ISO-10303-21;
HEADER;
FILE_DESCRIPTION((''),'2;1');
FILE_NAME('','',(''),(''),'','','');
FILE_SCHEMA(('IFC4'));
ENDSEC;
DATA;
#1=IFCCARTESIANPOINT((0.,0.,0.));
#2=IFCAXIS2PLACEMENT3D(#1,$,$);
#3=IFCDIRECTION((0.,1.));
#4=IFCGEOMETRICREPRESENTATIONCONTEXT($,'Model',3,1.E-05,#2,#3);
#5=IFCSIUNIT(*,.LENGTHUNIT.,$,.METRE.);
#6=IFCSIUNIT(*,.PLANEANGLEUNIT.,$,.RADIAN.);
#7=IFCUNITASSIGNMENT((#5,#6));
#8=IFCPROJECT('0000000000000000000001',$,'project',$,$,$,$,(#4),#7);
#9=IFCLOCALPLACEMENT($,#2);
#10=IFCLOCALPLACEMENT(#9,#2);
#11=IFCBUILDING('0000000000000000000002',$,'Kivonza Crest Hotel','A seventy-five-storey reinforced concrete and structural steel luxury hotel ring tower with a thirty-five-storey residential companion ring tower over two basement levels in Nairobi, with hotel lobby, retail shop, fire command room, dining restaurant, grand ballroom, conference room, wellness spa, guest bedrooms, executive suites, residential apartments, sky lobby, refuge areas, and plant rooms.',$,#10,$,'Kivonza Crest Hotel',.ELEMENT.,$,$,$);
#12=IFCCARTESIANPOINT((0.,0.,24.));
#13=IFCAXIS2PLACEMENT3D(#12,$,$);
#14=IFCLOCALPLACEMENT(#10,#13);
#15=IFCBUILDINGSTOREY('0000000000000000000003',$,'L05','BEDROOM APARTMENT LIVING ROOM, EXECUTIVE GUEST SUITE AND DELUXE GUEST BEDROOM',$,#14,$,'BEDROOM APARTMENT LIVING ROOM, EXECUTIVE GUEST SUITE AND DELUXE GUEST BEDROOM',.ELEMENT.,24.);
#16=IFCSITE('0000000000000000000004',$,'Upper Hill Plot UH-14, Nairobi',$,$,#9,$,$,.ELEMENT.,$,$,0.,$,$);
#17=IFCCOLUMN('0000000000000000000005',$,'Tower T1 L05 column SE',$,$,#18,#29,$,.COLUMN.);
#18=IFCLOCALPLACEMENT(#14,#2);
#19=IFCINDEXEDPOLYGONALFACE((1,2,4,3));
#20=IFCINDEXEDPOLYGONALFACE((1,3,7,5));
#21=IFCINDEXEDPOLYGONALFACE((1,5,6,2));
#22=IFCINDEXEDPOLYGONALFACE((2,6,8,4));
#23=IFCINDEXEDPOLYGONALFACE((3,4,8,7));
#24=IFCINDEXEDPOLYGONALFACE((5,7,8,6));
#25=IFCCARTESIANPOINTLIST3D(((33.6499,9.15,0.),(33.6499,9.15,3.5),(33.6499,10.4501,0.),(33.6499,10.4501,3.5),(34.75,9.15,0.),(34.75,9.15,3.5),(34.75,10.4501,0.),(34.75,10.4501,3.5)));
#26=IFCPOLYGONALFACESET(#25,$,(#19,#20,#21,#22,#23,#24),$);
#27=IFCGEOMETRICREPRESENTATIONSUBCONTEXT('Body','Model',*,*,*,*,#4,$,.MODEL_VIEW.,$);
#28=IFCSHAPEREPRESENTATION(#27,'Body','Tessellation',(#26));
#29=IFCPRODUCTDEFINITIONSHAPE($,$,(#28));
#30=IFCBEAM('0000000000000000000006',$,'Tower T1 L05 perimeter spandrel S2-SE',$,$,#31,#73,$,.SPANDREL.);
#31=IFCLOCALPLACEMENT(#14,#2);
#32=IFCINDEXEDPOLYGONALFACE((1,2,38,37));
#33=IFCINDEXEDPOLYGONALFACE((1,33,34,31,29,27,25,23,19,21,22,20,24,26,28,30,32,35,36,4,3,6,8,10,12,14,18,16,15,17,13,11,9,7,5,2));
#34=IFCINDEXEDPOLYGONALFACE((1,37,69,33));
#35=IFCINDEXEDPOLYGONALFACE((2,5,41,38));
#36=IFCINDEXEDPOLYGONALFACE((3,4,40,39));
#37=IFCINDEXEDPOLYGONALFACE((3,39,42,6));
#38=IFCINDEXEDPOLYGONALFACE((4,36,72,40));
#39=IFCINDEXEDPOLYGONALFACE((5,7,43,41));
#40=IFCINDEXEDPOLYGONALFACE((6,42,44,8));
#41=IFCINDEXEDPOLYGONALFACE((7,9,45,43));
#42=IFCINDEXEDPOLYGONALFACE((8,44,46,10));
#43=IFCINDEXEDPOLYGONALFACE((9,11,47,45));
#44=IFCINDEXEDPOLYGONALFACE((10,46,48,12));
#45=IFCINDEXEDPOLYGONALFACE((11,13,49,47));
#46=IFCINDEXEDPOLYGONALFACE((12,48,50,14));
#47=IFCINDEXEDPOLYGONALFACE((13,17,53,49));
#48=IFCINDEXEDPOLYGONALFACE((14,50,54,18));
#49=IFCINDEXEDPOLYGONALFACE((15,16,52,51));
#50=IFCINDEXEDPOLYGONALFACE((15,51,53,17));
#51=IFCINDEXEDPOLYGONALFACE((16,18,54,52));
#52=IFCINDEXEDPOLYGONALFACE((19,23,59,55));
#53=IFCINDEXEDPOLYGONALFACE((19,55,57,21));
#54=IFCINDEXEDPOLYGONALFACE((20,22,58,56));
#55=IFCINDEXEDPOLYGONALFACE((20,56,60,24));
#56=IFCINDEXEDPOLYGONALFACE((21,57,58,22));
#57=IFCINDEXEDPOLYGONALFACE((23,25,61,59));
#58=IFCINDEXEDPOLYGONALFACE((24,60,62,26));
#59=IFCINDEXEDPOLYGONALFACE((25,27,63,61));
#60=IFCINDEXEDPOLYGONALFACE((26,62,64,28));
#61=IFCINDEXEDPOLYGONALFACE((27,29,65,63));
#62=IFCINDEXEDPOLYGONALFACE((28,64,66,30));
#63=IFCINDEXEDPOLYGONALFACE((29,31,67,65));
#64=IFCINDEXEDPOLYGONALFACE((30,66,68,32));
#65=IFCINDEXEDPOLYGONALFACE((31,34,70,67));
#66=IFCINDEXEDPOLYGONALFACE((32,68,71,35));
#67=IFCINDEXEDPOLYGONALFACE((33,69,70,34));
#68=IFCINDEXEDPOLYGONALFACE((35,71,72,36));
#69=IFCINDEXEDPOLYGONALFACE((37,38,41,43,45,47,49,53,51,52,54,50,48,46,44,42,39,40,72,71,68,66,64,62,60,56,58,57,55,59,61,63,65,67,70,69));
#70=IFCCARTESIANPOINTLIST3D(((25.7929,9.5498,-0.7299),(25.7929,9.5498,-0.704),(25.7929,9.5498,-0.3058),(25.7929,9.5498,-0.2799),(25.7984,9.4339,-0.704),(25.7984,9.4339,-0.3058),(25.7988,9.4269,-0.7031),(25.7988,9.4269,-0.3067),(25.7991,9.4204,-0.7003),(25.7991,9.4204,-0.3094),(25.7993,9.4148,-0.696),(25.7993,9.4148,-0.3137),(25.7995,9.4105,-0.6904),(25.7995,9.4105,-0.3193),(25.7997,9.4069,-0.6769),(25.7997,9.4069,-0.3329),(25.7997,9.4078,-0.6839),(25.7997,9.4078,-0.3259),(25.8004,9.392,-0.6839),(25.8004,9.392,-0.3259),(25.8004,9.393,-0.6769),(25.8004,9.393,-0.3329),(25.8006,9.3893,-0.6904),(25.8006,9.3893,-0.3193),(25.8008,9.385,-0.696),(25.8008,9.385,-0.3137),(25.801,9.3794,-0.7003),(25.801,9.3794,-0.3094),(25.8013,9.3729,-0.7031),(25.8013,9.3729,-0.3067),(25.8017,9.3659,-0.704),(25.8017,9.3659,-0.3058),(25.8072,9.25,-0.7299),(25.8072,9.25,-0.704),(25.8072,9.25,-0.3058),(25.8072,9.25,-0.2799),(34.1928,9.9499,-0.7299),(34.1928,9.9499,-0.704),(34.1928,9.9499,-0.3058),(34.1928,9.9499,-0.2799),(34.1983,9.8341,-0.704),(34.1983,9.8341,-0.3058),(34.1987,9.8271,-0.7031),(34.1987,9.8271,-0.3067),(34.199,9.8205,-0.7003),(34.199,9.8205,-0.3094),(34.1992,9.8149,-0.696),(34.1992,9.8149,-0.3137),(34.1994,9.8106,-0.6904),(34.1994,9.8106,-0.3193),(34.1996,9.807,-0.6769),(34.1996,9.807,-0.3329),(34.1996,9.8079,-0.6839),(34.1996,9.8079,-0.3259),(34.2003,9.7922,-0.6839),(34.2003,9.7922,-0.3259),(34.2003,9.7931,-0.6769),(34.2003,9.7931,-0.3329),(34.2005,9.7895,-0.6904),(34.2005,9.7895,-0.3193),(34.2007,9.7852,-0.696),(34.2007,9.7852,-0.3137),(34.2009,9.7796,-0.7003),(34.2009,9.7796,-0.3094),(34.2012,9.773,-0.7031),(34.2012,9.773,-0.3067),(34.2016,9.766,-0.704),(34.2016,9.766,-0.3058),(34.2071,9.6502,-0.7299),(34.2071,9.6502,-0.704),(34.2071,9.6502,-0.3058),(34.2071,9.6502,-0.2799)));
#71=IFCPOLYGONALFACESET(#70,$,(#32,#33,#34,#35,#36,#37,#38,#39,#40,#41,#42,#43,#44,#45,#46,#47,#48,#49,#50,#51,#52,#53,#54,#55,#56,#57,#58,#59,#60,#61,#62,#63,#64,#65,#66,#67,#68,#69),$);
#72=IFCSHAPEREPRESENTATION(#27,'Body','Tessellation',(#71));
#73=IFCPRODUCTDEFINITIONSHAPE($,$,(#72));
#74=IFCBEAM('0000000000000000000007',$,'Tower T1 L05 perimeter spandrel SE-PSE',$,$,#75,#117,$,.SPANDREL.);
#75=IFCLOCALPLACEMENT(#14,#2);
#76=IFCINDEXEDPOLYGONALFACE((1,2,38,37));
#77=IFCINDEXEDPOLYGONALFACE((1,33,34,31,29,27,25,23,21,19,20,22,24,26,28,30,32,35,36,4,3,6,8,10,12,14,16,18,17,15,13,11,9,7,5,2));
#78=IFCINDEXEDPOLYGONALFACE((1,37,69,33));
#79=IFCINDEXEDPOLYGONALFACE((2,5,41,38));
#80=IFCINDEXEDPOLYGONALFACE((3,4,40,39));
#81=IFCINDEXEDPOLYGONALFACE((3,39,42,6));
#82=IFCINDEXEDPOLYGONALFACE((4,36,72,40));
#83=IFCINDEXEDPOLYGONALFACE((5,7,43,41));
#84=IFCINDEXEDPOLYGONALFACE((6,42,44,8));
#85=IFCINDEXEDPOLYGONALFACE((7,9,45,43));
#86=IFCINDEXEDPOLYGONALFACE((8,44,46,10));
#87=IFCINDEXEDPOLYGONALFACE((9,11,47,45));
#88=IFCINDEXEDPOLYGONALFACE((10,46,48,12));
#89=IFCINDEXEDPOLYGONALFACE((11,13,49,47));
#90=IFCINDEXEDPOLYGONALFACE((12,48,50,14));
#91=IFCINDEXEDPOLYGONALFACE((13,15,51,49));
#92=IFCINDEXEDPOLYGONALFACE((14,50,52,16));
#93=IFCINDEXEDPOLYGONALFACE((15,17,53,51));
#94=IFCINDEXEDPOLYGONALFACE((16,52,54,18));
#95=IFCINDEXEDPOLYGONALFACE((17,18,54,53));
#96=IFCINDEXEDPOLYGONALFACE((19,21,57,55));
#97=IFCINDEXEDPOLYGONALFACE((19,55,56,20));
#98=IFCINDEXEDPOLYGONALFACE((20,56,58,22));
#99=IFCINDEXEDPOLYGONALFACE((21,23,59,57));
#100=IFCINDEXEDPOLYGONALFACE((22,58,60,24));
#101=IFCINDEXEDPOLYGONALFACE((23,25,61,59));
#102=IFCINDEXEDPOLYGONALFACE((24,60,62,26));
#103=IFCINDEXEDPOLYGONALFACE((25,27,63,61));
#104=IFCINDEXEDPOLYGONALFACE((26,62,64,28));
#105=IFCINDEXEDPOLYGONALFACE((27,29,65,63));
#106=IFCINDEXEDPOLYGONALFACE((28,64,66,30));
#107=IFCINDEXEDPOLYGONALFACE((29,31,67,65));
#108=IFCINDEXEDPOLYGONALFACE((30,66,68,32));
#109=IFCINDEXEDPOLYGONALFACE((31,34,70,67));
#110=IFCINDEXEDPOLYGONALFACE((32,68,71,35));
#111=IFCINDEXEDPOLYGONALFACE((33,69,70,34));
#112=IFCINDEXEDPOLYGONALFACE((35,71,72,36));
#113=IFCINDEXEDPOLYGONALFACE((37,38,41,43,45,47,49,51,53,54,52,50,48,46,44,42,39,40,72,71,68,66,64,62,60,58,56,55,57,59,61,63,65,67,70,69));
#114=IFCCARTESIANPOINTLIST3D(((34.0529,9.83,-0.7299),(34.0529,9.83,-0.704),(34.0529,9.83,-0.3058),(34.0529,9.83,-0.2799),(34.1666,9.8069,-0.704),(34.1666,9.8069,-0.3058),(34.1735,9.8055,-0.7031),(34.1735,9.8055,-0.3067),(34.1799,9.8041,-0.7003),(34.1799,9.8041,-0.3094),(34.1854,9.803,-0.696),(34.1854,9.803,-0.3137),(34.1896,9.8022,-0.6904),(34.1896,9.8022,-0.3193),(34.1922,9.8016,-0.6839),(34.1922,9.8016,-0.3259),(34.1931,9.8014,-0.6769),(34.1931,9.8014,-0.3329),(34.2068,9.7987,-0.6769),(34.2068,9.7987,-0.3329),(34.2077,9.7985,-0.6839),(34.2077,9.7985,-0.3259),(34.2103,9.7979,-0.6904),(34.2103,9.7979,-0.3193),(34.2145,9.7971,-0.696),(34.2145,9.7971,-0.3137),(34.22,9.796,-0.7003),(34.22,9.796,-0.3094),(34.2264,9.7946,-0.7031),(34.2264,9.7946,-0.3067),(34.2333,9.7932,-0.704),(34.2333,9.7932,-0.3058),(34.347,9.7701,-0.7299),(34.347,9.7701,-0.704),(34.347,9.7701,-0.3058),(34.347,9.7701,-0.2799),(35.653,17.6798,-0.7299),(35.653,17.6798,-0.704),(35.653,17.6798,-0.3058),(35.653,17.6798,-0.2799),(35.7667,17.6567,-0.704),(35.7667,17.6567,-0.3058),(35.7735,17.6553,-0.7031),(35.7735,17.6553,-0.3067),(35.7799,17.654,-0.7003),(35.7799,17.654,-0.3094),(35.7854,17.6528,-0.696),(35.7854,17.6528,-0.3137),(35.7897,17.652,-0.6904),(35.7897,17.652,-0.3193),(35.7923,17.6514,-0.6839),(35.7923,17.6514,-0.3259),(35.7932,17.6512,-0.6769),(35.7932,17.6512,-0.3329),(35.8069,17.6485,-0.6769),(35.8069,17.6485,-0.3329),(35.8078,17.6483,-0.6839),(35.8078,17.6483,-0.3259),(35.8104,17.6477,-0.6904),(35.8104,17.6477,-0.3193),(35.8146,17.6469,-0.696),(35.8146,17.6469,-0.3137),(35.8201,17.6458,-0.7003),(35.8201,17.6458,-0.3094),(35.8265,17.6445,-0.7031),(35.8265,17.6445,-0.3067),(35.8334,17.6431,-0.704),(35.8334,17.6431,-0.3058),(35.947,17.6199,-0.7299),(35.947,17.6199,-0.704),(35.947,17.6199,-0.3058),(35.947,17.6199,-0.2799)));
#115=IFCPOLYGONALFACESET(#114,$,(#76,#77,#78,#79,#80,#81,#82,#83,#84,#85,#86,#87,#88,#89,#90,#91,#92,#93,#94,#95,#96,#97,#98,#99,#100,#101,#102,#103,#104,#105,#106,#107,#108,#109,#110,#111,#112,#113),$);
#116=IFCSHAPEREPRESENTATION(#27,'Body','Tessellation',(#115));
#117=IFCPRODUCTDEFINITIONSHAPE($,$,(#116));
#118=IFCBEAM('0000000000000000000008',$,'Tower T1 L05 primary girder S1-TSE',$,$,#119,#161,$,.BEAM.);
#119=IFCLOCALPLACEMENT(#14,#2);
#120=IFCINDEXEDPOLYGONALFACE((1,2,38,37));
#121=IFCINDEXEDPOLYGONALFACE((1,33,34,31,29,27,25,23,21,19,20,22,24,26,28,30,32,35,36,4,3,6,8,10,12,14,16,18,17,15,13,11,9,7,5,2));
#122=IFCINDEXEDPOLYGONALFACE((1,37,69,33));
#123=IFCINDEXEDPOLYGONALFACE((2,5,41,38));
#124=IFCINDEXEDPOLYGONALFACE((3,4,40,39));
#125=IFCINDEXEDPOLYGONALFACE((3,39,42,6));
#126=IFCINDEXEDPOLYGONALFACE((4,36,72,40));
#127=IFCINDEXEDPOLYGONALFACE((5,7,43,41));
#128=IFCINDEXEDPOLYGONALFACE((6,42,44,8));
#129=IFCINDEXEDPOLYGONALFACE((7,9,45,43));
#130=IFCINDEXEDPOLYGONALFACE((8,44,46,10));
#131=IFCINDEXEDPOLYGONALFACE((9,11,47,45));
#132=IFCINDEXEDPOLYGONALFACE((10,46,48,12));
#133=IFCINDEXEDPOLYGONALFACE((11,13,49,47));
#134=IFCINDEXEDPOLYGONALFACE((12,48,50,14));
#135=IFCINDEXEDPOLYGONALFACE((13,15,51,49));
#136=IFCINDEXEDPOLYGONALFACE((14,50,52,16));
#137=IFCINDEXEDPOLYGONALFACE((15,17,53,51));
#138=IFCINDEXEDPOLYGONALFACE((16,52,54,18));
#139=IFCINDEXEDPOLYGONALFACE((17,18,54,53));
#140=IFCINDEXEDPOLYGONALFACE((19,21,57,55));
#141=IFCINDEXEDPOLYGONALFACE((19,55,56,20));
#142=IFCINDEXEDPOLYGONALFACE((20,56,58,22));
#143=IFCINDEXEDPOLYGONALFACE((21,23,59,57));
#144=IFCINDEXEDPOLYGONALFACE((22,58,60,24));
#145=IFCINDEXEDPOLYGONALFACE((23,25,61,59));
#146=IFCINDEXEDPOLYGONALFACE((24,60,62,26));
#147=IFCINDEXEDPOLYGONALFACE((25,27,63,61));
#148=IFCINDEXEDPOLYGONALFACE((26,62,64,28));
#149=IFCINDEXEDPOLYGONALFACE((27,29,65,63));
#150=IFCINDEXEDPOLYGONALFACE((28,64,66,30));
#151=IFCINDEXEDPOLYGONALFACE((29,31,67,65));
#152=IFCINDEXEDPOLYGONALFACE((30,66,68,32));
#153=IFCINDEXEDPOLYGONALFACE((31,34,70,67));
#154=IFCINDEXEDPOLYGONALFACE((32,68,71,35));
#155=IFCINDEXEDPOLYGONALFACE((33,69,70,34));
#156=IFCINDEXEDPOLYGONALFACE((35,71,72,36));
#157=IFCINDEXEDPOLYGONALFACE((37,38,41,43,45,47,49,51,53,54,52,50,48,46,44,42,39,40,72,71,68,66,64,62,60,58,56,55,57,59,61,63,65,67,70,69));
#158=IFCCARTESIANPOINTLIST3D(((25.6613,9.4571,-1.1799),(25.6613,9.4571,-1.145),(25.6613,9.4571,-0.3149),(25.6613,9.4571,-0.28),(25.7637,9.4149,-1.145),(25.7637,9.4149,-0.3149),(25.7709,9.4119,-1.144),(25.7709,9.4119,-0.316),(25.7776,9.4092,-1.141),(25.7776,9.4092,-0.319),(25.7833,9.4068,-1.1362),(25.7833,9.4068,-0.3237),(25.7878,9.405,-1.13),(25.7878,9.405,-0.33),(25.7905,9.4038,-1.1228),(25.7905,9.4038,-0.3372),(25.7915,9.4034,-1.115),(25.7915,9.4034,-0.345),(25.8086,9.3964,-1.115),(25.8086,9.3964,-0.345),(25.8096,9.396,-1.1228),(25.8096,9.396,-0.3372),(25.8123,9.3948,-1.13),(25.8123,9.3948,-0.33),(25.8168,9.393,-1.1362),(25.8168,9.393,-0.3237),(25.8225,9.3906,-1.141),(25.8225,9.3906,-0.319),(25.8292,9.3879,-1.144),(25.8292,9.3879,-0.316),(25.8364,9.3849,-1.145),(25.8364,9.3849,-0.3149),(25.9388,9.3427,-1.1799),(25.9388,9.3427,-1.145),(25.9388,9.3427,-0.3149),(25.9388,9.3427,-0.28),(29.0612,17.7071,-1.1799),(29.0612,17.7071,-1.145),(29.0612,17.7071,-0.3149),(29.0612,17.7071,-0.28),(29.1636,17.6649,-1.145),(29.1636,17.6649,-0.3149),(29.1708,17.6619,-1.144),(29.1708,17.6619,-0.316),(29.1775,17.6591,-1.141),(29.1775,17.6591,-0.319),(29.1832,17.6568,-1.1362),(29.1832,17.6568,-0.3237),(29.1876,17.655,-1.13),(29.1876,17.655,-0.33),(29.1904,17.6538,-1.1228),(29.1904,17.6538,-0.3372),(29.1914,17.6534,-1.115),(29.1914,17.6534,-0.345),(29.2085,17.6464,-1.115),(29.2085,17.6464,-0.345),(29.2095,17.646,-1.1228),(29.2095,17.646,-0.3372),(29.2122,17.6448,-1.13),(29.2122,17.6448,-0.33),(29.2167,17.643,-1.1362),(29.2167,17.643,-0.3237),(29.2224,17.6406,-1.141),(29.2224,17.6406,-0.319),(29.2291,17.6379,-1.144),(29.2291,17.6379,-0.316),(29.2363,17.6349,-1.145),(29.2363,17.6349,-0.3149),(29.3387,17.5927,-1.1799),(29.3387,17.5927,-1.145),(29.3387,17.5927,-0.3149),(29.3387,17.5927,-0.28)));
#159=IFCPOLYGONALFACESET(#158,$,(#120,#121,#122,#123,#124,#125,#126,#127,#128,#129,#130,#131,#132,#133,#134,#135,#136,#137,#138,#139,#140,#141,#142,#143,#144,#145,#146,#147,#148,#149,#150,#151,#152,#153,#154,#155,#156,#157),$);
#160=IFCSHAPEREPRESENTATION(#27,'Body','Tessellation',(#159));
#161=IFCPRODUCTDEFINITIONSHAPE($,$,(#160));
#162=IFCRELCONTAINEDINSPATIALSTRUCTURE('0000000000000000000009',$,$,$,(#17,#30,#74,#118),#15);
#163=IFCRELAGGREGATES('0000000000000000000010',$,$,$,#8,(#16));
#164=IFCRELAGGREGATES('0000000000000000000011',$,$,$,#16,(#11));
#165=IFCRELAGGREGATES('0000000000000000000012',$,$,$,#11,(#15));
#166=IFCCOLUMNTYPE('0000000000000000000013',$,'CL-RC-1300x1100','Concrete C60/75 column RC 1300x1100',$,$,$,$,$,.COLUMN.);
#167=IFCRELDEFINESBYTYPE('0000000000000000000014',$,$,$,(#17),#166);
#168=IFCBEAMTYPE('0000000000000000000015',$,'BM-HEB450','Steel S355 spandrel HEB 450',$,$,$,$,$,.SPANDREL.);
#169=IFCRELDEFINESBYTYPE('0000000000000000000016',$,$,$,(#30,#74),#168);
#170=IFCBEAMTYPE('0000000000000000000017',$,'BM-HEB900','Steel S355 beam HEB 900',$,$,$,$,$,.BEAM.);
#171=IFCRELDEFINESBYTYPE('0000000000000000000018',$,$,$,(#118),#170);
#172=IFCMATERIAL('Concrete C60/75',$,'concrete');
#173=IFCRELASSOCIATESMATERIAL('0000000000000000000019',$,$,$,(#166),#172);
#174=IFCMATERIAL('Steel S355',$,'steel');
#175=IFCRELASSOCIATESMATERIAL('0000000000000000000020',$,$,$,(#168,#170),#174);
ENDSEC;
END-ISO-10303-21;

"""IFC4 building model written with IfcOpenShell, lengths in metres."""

from ifc_helpers import new_model, si_unit, direction, frame, origin, origin_2d, place, context, subcontext, project, spatial, rectangle, i_section, extrude, material, material_profile, profile_set, type_object, element, save


model = new_model("IFC4")

# Units and contexts
model_context = context("Model", 3, precision=1e-05, world=origin(), true_north=direction((0.0, 1.0)))
body_context = subcontext(model_context, "Body", "Model", "MODEL_VIEW")
ifc_project = project(units=[si_unit("LENGTHUNIT", "METRE"), si_unit("PLANEANGLEUNIT", "RADIAN")], contexts=[model_context])

# Site, building, storey
site_placement = place(None, origin())
site = spatial("IfcSite", under=ifc_project, at=site_placement, Name="Upper Hill Plot UH-14, Nairobi", CompositionType="ELEMENT", RefElevation=0.0)
building_placement = place(site_placement, origin())
building = spatial("IfcBuilding", under=site, at=building_placement, Name="Kivonza Crest Hotel", Description="A seventy-five-storey reinforced concrete and structural steel luxury hotel ring tower with a thirty-five-storey residential companion ring tower over two basement levels in Nairobi, with hotel lobby, retail shop, fire command room, dining restaurant, grand ballroom, conference room, wellness spa, guest bedrooms, executive suites, residential apartments, sky lobby, refuge areas, and plant rooms.", LongName="Kivonza Crest Hotel", CompositionType="ELEMENT")
storey_placement = place(building_placement, frame((0.0, 0.0, 24.0)))
storey = spatial("IfcBuildingStorey", under=building, at=storey_placement, Name="L05", Description="BEDROOM APARTMENT LIVING ROOM, EXECUTIVE GUEST SUITE AND DELUXE GUEST BEDROOM", LongName="BEDROOM APARTMENT LIVING ROOM, EXECUTIVE GUEST SUITE AND DELUXE GUEST BEDROOM", CompositionType="ELEMENT", Elevation=24.0)

# Column
ifc_material_1 = material(Name="Concrete C60/75", Category="concrete")
ifc_material_profile_1 = material_profile(ifc_material_1, rectangle(XDim=1.1001, YDim=1.3, at=origin_2d()), Name="RC 1300x1100")
ifc_profile_set_1 = profile_set([ifc_material_profile_1], Name="Concrete C60/75")
column_type = type_object("IfcColumnType", Name="CL-RC-1300x1100", Description="Concrete C60/75 column RC 1300x1100", PredefinedType="COLUMN", material=ifc_profile_set_1)
column_placement = place(storey_placement, frame((34.2, 9.8, 0.0), z_axis=(0.0, 0.0, 1.0), x_axis=(1.0, 0.0, 0.0)))
element("IfcColumn", 1, at=column_placement, inside=storey, type_object=column_type, Name="Tower T1 L05 column SE", PredefinedType="COLUMN", context=body_context, shape_type="SweptSolid", body=[
    extrude(rectangle(XDim=1.1001, YDim=1.3, at=origin_2d()), origin(), (0.0, 0.0, 1.0), 3.5),
])

# Beams
ifc_material_2 = material(Name="Steel S355", Category="steel")
ifc_material_profile_2 = material_profile(ifc_material_2, i_section(OverallWidth=0.3, OverallDepth=0.45, WebThickness=0.0139, FlangeThickness=0.0259, FilletRadius=0.0271, at=origin_2d()), Name="HEB 450")
ifc_profile_set_2 = profile_set([ifc_material_profile_2], Name="Steel S355")
beam_type_1 = type_object("IfcBeamType", Name="BM-HEB450", Description="Steel S355 spandrel HEB 450", PredefinedType="SPANDREL", material=ifc_profile_set_2)
beam_1_placement = place(storey_placement, frame((25.8, 9.3999, -0.5049), z_axis=(0.998867, 0.047583, 0.0), x_axis=(-0.047583, 0.998867, 0.0)))
element("IfcBeam", 2, at=beam_1_placement, inside=storey, type_object=beam_type_1, Name="Tower T1 L05 perimeter spandrel S2-SE", PredefinedType="SPANDREL", context=body_context, shape_type="SweptSolid", body=[
    extrude(i_section(OverallWidth=0.3, OverallDepth=0.45, WebThickness=0.0139, FlangeThickness=0.0259, FilletRadius=0.0271, at=origin_2d()), origin(), (0.0, 0.0, 1.0), 8.4094),
])
beam_2_placement = place(storey_placement, frame((34.2, 9.8, -0.5049), z_axis=(0.199731, 0.979851, 0.0), x_axis=(-0.979851, 0.199731, 0.0)))
element("IfcBeam", 3, at=beam_2_placement, inside=storey, type_object=beam_type_1, Name="Tower T1 L05 perimeter spandrel SE-PSE", PredefinedType="SPANDREL", context=body_context, shape_type="SweptSolid", body=[
    extrude(i_section(OverallWidth=0.3, OverallDepth=0.45, WebThickness=0.0139, FlangeThickness=0.0259, FilletRadius=0.0271, at=origin_2d()), origin(), (0.0, 0.0, 1.0), 8.0112),
])
ifc_material_profile_3 = material_profile(ifc_material_2, i_section(OverallWidth=0.3, OverallDepth=0.8999, WebThickness=0.0186, FlangeThickness=0.0349, FilletRadius=0.03, at=origin_2d()), Name="HEB 900")
ifc_profile_set_3 = profile_set([ifc_material_profile_3], Name="Steel S355")
beam_type_2 = type_object("IfcBeamType", Name="BM-HEB900", Description="Steel S355 beam HEB 900", PredefinedType="BEAM", material=ifc_profile_set_3)
beam_3_placement = place(storey_placement, frame((25.8, 9.3999, -0.73), z_axis=(0.381022, 0.924566, 0.0), x_axis=(-0.924566, 0.381022, 0.0)))
element("IfcBeam", 4, at=beam_3_placement, inside=storey, type_object=beam_type_2, Name="Tower T1 L05 primary girder S1-TSE", PredefinedType="BEAM", context=body_context, shape_type="SweptSolid", body=[
    extrude(i_section(OverallWidth=0.3, OverallDepth=0.8999, WebThickness=0.0186, FlangeThickness=0.0349, FilletRadius=0.03, at=origin_2d()), origin(), (0.0, 0.0, 1.0), 8.9231),
])

save(model, "model.ifc")
